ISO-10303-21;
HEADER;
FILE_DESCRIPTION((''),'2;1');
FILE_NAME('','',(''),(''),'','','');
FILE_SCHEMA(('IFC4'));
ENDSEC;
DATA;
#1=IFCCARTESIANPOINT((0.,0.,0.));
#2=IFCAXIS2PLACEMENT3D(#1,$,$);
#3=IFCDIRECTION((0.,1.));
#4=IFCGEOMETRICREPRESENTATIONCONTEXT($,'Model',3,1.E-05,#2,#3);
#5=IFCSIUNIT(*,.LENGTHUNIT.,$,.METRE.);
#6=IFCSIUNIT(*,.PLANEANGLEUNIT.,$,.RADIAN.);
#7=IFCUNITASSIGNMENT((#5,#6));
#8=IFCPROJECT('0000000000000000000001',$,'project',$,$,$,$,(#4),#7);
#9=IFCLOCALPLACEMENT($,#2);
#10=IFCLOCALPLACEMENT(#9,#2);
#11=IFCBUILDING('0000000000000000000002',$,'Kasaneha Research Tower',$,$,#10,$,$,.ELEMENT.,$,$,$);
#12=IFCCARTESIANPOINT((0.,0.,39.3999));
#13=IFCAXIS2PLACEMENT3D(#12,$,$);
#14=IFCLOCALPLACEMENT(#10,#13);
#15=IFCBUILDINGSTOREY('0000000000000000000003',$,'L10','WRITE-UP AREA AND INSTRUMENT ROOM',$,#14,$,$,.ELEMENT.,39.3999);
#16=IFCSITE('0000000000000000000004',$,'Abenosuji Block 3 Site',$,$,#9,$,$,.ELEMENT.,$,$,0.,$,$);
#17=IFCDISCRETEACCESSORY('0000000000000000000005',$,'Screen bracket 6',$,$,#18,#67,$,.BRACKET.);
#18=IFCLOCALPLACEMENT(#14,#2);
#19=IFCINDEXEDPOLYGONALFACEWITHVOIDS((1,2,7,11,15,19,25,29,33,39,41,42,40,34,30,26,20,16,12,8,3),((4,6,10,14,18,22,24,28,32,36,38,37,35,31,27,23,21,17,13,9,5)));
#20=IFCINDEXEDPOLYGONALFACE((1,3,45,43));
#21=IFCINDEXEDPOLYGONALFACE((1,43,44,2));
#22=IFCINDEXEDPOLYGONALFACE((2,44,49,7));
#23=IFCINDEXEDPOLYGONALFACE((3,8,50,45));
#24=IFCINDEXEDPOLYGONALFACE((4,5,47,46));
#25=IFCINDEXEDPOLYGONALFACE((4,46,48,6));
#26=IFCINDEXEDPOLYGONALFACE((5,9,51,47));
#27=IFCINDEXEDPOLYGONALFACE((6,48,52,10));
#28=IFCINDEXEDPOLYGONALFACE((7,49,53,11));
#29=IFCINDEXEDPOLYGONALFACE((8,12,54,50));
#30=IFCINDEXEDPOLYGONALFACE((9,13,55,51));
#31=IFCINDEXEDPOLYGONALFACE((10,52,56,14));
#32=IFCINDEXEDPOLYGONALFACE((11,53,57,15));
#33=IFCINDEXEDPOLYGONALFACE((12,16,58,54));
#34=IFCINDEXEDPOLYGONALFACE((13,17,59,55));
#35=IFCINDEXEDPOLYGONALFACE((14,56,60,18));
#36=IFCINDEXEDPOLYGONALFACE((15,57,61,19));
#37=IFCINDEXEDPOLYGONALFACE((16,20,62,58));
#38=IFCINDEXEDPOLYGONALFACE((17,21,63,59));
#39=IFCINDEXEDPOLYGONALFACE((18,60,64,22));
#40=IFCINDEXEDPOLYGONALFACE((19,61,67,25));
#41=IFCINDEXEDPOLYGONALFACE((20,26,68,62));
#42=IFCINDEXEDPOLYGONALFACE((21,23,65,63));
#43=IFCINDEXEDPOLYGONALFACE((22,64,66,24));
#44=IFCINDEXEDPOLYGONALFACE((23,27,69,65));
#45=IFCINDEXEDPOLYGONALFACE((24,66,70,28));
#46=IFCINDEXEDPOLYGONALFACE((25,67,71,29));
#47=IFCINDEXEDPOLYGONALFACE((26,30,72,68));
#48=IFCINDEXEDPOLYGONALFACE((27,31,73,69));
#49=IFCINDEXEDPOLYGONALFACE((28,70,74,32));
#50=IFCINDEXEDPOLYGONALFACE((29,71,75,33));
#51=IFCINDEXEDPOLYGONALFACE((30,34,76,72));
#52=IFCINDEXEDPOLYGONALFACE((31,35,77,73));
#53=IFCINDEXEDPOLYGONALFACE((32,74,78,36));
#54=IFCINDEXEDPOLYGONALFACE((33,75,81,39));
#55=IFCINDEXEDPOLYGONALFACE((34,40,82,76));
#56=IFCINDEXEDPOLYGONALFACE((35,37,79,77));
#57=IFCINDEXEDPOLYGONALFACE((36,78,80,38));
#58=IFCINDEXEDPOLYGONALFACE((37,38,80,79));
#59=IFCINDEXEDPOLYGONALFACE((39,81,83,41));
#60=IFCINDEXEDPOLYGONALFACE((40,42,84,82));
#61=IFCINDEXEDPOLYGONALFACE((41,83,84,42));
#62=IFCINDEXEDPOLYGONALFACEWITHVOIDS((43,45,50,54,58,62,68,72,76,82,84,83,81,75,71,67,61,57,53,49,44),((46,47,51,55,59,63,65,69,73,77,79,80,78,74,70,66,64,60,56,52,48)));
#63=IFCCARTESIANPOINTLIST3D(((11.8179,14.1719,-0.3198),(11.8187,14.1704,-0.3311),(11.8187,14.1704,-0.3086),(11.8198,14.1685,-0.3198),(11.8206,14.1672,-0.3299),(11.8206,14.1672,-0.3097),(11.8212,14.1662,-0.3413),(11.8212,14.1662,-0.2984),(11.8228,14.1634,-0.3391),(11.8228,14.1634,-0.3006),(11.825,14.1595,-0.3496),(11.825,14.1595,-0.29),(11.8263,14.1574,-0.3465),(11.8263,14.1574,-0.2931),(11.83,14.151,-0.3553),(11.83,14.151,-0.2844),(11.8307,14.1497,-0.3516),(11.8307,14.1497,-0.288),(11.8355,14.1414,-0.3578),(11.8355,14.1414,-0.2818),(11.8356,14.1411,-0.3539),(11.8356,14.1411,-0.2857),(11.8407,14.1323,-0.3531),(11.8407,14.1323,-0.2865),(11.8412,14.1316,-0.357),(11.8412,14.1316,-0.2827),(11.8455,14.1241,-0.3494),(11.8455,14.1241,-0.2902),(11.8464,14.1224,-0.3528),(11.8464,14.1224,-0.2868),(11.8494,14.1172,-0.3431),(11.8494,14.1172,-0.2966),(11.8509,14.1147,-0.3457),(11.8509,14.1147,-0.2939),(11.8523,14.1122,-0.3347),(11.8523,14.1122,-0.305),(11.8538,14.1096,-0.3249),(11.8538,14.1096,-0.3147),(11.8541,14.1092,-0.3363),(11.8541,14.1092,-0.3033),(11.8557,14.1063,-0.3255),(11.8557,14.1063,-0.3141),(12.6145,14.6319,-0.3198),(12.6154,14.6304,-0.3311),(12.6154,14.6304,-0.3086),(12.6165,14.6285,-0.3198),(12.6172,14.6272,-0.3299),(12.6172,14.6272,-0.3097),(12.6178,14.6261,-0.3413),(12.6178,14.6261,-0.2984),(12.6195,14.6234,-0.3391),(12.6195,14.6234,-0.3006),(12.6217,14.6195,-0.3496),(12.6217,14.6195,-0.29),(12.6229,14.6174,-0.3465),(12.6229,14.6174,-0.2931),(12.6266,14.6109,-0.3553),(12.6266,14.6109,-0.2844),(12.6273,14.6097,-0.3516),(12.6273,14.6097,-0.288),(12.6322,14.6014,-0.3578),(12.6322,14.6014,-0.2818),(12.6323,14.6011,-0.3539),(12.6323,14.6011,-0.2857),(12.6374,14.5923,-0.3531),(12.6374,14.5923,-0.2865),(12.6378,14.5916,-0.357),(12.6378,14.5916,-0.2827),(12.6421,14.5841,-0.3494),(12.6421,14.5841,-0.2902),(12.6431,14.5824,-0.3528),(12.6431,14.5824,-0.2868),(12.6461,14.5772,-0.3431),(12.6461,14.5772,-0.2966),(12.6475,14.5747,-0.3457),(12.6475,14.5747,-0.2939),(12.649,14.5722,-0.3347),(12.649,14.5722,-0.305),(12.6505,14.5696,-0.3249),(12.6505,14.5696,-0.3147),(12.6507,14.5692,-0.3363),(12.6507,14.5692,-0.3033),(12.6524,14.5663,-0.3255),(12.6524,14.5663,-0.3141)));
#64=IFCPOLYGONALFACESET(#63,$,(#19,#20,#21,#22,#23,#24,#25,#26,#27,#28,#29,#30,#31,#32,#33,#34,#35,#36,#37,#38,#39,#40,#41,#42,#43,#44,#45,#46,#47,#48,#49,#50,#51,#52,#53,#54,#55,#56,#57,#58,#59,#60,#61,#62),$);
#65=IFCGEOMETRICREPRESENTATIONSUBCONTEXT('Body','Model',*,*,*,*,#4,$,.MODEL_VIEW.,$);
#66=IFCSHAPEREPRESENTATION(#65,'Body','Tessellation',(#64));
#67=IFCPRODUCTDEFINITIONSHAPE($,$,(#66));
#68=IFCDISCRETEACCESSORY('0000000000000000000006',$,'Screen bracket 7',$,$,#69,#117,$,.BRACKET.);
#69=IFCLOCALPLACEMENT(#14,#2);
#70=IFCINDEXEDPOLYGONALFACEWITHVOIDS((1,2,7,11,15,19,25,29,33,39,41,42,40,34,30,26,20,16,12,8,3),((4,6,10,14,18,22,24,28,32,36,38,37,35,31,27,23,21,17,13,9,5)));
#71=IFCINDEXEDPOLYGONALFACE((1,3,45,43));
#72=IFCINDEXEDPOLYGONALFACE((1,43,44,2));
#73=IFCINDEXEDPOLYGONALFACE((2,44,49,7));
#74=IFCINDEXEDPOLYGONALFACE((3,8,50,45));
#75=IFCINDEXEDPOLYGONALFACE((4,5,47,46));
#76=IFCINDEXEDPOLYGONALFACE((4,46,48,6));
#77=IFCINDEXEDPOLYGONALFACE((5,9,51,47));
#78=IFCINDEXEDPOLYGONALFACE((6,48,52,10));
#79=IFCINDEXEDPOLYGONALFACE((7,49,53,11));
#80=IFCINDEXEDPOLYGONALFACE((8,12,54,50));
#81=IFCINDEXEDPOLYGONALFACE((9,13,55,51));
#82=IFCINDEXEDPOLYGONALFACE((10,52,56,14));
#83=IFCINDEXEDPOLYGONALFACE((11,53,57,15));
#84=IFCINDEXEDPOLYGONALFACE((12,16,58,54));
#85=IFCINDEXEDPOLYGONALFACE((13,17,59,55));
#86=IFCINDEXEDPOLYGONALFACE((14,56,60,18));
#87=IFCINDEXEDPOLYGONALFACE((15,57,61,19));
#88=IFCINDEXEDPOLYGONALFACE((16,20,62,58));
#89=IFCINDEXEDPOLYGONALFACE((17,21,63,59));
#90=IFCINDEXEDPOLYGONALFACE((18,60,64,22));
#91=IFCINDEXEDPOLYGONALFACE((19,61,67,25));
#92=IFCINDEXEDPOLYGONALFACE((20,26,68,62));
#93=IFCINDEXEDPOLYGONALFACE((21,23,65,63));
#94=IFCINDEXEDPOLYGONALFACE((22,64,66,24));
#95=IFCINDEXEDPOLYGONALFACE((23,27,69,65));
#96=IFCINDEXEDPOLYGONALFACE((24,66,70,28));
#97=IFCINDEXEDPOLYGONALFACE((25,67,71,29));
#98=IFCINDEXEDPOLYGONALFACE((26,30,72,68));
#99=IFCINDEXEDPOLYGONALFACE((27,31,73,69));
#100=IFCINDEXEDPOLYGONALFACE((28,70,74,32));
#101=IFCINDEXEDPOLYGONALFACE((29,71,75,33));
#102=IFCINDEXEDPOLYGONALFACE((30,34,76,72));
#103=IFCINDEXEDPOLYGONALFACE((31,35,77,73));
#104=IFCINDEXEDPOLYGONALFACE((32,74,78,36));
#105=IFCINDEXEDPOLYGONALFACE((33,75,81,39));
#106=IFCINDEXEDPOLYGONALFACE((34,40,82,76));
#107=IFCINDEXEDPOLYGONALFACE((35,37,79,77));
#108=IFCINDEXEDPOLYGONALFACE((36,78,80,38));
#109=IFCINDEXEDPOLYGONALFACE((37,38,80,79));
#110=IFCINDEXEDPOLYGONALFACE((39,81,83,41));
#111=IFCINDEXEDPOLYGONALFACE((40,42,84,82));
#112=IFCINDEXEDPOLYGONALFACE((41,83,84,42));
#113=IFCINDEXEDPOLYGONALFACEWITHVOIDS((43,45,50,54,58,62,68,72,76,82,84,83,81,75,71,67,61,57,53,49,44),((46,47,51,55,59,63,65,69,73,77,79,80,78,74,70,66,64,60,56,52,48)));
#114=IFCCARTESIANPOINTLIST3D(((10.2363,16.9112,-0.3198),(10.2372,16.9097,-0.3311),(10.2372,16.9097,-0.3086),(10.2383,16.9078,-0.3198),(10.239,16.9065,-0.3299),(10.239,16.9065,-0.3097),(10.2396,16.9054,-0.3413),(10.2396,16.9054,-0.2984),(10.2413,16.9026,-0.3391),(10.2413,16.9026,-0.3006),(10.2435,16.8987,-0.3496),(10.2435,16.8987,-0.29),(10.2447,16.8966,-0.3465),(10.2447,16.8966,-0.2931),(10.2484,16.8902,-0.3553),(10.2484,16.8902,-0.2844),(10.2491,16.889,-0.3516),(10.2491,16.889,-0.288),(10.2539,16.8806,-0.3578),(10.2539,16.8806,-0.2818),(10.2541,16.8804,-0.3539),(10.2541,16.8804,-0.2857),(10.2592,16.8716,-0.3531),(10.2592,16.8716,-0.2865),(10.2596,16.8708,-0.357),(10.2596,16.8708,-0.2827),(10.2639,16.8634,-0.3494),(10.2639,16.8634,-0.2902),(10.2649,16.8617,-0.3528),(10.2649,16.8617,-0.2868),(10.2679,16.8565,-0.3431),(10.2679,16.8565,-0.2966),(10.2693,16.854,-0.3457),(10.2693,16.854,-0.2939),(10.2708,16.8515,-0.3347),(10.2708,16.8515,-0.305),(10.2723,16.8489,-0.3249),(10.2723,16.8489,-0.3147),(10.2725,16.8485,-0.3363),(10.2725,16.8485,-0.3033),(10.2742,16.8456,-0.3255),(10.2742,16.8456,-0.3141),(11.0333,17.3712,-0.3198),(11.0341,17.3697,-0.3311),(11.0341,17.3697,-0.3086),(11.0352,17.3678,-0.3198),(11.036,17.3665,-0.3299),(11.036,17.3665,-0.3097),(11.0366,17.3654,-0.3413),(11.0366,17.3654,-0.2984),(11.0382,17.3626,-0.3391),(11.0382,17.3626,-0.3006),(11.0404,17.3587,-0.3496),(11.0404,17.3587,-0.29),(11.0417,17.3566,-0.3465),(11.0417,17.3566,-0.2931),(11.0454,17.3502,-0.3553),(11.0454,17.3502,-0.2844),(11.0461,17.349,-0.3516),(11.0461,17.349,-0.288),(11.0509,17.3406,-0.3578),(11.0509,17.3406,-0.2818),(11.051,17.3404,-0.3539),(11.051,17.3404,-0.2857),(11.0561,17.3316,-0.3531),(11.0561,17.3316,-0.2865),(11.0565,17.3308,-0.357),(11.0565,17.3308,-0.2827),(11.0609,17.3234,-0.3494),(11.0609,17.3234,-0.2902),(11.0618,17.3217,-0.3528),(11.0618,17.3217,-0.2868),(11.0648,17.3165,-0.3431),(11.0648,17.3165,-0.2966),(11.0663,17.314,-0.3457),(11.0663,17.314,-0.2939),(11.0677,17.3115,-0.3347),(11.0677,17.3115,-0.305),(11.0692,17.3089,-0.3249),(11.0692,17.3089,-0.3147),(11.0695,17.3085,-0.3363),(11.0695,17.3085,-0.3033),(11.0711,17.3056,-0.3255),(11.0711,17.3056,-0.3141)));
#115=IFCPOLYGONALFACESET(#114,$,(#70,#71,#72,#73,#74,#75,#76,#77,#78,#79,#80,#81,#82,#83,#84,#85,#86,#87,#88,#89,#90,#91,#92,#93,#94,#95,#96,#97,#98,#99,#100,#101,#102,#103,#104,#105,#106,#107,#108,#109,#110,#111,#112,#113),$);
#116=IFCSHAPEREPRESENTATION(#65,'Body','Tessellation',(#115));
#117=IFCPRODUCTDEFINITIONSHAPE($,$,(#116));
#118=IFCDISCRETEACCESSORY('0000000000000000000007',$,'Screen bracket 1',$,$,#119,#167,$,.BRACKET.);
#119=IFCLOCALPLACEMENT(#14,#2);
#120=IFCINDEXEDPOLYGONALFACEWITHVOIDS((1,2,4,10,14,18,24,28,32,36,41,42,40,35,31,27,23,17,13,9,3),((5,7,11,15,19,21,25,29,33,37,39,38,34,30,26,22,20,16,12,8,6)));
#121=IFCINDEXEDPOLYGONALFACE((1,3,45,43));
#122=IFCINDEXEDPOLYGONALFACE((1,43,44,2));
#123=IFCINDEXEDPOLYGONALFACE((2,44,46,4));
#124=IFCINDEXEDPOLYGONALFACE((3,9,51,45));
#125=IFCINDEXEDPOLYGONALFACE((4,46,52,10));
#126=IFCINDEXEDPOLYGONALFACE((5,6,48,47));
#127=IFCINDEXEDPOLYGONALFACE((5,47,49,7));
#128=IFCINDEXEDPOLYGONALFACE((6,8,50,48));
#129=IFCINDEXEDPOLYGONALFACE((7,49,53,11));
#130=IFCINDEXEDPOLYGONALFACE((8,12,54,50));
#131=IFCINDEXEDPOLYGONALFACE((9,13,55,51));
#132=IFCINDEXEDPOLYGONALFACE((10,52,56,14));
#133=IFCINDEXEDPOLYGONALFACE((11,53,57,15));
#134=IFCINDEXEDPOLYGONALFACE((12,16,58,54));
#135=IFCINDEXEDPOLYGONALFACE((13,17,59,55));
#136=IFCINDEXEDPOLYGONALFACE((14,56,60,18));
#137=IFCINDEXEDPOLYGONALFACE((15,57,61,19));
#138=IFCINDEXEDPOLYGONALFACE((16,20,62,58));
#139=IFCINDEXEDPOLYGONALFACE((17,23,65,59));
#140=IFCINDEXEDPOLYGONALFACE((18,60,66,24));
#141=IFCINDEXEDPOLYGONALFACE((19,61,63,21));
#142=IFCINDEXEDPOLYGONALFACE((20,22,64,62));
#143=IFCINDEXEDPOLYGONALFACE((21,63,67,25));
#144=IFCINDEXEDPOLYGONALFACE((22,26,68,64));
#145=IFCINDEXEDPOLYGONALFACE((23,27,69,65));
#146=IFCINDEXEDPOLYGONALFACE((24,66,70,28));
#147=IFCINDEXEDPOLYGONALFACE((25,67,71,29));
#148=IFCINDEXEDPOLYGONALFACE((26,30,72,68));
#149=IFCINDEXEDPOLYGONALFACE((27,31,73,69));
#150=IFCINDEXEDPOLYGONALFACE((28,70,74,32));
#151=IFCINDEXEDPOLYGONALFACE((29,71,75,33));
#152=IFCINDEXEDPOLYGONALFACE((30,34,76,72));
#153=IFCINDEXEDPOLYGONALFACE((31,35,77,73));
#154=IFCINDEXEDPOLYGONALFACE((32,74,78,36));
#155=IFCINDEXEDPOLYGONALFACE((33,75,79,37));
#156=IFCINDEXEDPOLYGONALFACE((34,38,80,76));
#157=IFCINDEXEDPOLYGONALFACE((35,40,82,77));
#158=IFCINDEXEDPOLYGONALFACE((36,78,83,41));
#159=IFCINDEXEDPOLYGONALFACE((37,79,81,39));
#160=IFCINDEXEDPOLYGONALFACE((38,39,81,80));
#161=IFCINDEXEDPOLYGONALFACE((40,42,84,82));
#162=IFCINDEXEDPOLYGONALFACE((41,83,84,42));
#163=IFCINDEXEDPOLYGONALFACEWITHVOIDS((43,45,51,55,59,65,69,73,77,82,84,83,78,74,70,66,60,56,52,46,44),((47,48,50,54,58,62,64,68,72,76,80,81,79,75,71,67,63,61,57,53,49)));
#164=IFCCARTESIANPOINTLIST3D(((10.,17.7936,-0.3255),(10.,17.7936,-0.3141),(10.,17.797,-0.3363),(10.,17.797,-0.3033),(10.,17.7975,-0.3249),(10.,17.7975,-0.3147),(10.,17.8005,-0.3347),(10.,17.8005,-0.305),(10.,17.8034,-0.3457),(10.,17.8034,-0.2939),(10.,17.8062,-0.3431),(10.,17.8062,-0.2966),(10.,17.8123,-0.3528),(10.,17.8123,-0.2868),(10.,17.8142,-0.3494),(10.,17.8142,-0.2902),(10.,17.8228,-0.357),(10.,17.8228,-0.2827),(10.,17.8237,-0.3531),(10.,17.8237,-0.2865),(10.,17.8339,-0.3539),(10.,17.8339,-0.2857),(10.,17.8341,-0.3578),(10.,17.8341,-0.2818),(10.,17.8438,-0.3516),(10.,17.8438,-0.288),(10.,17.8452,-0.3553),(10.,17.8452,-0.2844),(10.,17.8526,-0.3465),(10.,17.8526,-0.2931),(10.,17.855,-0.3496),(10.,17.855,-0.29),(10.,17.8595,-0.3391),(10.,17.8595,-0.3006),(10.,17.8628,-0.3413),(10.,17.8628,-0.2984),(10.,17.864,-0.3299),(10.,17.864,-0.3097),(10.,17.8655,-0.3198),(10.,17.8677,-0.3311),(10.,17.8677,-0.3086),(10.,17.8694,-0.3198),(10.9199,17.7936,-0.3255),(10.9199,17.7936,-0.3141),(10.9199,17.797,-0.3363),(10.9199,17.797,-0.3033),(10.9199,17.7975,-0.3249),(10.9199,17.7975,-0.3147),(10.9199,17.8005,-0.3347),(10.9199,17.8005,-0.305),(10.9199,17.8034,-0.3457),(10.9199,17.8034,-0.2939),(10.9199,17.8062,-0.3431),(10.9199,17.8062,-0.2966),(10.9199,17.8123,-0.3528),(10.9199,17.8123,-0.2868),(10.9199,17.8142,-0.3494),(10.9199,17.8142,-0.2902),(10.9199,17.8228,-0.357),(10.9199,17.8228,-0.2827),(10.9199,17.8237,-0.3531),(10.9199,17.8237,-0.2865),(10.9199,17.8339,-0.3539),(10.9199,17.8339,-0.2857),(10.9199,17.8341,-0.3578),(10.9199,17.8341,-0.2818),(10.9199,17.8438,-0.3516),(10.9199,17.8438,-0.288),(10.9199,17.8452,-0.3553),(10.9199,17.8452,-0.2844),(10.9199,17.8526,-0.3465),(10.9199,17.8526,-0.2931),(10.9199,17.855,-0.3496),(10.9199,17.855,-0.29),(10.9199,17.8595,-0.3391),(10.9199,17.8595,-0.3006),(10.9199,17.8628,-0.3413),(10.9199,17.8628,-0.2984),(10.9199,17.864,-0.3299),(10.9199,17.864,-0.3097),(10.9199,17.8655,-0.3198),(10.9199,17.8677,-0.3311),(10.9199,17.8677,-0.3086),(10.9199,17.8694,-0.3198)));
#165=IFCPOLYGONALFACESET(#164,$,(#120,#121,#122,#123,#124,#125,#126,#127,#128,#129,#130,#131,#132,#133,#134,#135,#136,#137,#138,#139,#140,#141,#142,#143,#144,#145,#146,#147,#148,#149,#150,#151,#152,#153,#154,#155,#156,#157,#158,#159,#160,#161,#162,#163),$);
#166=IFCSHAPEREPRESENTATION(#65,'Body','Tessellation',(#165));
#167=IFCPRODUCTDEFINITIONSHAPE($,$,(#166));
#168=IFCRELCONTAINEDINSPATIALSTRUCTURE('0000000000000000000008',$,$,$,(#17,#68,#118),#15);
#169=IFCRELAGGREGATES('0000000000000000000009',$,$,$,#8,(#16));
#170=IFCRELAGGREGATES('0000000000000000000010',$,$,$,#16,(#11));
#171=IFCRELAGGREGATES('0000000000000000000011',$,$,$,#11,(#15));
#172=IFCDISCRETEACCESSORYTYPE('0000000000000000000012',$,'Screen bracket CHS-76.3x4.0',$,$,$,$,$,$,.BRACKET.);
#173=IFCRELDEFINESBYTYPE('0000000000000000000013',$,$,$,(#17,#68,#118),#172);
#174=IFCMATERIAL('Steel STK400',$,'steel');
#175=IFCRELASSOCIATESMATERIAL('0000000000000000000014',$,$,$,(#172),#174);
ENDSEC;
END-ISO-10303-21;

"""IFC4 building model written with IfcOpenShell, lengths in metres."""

from ifc_helpers import new_model, si_unit, direction, frame, origin, origin_2d, place, context, subcontext, project, spatial, hollow_circle, extrude, material, material_profile, profile_set, type_object, element, save


model = new_model("IFC4")

# Units and contexts
model_context = context("Model", 3, precision=1e-05, world=origin(), true_north=direction((0.0, 1.0)))
body_context = subcontext(model_context, "Body", "Model", "MODEL_VIEW")
ifc_project = project(units=[si_unit("LENGTHUNIT", "METRE"), si_unit("PLANEANGLEUNIT", "RADIAN")], contexts=[model_context])

# Site, building, storey
site_placement = place(None, origin())
site = spatial("IfcSite", under=ifc_project, at=site_placement, Name="Abenosuji Block 3 Site", CompositionType="ELEMENT", RefElevation=0.0)
building_placement = place(site_placement, origin())
building = spatial("IfcBuilding", under=site, at=building_placement, Name="Kasaneha Research Tower", CompositionType="ELEMENT")
storey_placement = place(building_placement, frame((0.0, 0.0, 39.3999)))
storey = spatial("IfcBuildingStorey", under=building, at=storey_placement, Name="L10", Description="WRITE-UP AREA AND INSTRUMENT ROOM", CompositionType="ELEMENT", Elevation=39.3999)

# Discrete accessories
ifc_material_1 = material(Name="Steel STK400", Category="steel")
ifc_material_profile_1 = material_profile(ifc_material_1, hollow_circle(Radius=0.0381, WallThickness=0.0039, at=origin_2d()), Name="CHS-76.3x4.0")
ifc_profile_set_1 = profile_set([ifc_material_profile_1], Name="Steel STK400")
discrete_accessory_type = type_object("IfcDiscreteAccessoryType", Name="Screen bracket CHS-76.3x4.0", PredefinedType="BRACKET", material=ifc_profile_set_1)
for number, where, z_axis, x_axis, name in (
    (1, (11.8369, 14.1389, -0.3198), (0.866013, 0.500021, 0.0), (-0.500021, 0.866013, 0.0), "Screen bracket 6"),
):
    element("IfcDiscreteAccessory", number, at=place(storey_placement, frame(where, z_axis=z_axis, x_axis=x_axis)), inside=storey, type_object=discrete_accessory_type, Name=name, PredefinedType="BRACKET", context=body_context, shape_type="SweptSolid", body=[
        extrude(hollow_circle(Radius=0.0381, WallThickness=0.0039, at=origin_2d()), origin(), (0.0, 0.0, 1.0), 0.9199),
    ])
discrete_accessory_placement = place(storey_placement, frame((10.2554, 16.8782, -0.3198), z_axis=(0.86608, 0.499906, 0.0), x_axis=(-0.499906, 0.86608, 0.0)))
element("IfcDiscreteAccessory", 2, at=discrete_accessory_placement, inside=storey, type_object=discrete_accessory_type, Name="Screen bracket 7", PredefinedType="BRACKET", context=body_context, shape_type="SweptSolid", body=[
    extrude(hollow_circle(Radius=0.0381, WallThickness=0.0039, at=origin_2d()), origin(), (0.0, 0.0, 1.0), 0.9202),
])
for number, where, z_axis, x_axis, name in (
    (3, (10.0, 17.8313, -0.3198), (1.0, 0.0, 0.0), (0.0, 1.0, 0.0), "Screen bracket 1"),
):
    element("IfcDiscreteAccessory", number, at=place(storey_placement, frame(where, z_axis=z_axis, x_axis=x_axis)), inside=storey, type_object=discrete_accessory_type, Name=name, PredefinedType="BRACKET", context=body_context, shape_type="SweptSolid", body=[
        extrude(hollow_circle(Radius=0.0381, WallThickness=0.0039, at=origin_2d()), origin(), (0.0, 0.0, 1.0), 0.9199),
    ])

save(model, "model.ifc")
